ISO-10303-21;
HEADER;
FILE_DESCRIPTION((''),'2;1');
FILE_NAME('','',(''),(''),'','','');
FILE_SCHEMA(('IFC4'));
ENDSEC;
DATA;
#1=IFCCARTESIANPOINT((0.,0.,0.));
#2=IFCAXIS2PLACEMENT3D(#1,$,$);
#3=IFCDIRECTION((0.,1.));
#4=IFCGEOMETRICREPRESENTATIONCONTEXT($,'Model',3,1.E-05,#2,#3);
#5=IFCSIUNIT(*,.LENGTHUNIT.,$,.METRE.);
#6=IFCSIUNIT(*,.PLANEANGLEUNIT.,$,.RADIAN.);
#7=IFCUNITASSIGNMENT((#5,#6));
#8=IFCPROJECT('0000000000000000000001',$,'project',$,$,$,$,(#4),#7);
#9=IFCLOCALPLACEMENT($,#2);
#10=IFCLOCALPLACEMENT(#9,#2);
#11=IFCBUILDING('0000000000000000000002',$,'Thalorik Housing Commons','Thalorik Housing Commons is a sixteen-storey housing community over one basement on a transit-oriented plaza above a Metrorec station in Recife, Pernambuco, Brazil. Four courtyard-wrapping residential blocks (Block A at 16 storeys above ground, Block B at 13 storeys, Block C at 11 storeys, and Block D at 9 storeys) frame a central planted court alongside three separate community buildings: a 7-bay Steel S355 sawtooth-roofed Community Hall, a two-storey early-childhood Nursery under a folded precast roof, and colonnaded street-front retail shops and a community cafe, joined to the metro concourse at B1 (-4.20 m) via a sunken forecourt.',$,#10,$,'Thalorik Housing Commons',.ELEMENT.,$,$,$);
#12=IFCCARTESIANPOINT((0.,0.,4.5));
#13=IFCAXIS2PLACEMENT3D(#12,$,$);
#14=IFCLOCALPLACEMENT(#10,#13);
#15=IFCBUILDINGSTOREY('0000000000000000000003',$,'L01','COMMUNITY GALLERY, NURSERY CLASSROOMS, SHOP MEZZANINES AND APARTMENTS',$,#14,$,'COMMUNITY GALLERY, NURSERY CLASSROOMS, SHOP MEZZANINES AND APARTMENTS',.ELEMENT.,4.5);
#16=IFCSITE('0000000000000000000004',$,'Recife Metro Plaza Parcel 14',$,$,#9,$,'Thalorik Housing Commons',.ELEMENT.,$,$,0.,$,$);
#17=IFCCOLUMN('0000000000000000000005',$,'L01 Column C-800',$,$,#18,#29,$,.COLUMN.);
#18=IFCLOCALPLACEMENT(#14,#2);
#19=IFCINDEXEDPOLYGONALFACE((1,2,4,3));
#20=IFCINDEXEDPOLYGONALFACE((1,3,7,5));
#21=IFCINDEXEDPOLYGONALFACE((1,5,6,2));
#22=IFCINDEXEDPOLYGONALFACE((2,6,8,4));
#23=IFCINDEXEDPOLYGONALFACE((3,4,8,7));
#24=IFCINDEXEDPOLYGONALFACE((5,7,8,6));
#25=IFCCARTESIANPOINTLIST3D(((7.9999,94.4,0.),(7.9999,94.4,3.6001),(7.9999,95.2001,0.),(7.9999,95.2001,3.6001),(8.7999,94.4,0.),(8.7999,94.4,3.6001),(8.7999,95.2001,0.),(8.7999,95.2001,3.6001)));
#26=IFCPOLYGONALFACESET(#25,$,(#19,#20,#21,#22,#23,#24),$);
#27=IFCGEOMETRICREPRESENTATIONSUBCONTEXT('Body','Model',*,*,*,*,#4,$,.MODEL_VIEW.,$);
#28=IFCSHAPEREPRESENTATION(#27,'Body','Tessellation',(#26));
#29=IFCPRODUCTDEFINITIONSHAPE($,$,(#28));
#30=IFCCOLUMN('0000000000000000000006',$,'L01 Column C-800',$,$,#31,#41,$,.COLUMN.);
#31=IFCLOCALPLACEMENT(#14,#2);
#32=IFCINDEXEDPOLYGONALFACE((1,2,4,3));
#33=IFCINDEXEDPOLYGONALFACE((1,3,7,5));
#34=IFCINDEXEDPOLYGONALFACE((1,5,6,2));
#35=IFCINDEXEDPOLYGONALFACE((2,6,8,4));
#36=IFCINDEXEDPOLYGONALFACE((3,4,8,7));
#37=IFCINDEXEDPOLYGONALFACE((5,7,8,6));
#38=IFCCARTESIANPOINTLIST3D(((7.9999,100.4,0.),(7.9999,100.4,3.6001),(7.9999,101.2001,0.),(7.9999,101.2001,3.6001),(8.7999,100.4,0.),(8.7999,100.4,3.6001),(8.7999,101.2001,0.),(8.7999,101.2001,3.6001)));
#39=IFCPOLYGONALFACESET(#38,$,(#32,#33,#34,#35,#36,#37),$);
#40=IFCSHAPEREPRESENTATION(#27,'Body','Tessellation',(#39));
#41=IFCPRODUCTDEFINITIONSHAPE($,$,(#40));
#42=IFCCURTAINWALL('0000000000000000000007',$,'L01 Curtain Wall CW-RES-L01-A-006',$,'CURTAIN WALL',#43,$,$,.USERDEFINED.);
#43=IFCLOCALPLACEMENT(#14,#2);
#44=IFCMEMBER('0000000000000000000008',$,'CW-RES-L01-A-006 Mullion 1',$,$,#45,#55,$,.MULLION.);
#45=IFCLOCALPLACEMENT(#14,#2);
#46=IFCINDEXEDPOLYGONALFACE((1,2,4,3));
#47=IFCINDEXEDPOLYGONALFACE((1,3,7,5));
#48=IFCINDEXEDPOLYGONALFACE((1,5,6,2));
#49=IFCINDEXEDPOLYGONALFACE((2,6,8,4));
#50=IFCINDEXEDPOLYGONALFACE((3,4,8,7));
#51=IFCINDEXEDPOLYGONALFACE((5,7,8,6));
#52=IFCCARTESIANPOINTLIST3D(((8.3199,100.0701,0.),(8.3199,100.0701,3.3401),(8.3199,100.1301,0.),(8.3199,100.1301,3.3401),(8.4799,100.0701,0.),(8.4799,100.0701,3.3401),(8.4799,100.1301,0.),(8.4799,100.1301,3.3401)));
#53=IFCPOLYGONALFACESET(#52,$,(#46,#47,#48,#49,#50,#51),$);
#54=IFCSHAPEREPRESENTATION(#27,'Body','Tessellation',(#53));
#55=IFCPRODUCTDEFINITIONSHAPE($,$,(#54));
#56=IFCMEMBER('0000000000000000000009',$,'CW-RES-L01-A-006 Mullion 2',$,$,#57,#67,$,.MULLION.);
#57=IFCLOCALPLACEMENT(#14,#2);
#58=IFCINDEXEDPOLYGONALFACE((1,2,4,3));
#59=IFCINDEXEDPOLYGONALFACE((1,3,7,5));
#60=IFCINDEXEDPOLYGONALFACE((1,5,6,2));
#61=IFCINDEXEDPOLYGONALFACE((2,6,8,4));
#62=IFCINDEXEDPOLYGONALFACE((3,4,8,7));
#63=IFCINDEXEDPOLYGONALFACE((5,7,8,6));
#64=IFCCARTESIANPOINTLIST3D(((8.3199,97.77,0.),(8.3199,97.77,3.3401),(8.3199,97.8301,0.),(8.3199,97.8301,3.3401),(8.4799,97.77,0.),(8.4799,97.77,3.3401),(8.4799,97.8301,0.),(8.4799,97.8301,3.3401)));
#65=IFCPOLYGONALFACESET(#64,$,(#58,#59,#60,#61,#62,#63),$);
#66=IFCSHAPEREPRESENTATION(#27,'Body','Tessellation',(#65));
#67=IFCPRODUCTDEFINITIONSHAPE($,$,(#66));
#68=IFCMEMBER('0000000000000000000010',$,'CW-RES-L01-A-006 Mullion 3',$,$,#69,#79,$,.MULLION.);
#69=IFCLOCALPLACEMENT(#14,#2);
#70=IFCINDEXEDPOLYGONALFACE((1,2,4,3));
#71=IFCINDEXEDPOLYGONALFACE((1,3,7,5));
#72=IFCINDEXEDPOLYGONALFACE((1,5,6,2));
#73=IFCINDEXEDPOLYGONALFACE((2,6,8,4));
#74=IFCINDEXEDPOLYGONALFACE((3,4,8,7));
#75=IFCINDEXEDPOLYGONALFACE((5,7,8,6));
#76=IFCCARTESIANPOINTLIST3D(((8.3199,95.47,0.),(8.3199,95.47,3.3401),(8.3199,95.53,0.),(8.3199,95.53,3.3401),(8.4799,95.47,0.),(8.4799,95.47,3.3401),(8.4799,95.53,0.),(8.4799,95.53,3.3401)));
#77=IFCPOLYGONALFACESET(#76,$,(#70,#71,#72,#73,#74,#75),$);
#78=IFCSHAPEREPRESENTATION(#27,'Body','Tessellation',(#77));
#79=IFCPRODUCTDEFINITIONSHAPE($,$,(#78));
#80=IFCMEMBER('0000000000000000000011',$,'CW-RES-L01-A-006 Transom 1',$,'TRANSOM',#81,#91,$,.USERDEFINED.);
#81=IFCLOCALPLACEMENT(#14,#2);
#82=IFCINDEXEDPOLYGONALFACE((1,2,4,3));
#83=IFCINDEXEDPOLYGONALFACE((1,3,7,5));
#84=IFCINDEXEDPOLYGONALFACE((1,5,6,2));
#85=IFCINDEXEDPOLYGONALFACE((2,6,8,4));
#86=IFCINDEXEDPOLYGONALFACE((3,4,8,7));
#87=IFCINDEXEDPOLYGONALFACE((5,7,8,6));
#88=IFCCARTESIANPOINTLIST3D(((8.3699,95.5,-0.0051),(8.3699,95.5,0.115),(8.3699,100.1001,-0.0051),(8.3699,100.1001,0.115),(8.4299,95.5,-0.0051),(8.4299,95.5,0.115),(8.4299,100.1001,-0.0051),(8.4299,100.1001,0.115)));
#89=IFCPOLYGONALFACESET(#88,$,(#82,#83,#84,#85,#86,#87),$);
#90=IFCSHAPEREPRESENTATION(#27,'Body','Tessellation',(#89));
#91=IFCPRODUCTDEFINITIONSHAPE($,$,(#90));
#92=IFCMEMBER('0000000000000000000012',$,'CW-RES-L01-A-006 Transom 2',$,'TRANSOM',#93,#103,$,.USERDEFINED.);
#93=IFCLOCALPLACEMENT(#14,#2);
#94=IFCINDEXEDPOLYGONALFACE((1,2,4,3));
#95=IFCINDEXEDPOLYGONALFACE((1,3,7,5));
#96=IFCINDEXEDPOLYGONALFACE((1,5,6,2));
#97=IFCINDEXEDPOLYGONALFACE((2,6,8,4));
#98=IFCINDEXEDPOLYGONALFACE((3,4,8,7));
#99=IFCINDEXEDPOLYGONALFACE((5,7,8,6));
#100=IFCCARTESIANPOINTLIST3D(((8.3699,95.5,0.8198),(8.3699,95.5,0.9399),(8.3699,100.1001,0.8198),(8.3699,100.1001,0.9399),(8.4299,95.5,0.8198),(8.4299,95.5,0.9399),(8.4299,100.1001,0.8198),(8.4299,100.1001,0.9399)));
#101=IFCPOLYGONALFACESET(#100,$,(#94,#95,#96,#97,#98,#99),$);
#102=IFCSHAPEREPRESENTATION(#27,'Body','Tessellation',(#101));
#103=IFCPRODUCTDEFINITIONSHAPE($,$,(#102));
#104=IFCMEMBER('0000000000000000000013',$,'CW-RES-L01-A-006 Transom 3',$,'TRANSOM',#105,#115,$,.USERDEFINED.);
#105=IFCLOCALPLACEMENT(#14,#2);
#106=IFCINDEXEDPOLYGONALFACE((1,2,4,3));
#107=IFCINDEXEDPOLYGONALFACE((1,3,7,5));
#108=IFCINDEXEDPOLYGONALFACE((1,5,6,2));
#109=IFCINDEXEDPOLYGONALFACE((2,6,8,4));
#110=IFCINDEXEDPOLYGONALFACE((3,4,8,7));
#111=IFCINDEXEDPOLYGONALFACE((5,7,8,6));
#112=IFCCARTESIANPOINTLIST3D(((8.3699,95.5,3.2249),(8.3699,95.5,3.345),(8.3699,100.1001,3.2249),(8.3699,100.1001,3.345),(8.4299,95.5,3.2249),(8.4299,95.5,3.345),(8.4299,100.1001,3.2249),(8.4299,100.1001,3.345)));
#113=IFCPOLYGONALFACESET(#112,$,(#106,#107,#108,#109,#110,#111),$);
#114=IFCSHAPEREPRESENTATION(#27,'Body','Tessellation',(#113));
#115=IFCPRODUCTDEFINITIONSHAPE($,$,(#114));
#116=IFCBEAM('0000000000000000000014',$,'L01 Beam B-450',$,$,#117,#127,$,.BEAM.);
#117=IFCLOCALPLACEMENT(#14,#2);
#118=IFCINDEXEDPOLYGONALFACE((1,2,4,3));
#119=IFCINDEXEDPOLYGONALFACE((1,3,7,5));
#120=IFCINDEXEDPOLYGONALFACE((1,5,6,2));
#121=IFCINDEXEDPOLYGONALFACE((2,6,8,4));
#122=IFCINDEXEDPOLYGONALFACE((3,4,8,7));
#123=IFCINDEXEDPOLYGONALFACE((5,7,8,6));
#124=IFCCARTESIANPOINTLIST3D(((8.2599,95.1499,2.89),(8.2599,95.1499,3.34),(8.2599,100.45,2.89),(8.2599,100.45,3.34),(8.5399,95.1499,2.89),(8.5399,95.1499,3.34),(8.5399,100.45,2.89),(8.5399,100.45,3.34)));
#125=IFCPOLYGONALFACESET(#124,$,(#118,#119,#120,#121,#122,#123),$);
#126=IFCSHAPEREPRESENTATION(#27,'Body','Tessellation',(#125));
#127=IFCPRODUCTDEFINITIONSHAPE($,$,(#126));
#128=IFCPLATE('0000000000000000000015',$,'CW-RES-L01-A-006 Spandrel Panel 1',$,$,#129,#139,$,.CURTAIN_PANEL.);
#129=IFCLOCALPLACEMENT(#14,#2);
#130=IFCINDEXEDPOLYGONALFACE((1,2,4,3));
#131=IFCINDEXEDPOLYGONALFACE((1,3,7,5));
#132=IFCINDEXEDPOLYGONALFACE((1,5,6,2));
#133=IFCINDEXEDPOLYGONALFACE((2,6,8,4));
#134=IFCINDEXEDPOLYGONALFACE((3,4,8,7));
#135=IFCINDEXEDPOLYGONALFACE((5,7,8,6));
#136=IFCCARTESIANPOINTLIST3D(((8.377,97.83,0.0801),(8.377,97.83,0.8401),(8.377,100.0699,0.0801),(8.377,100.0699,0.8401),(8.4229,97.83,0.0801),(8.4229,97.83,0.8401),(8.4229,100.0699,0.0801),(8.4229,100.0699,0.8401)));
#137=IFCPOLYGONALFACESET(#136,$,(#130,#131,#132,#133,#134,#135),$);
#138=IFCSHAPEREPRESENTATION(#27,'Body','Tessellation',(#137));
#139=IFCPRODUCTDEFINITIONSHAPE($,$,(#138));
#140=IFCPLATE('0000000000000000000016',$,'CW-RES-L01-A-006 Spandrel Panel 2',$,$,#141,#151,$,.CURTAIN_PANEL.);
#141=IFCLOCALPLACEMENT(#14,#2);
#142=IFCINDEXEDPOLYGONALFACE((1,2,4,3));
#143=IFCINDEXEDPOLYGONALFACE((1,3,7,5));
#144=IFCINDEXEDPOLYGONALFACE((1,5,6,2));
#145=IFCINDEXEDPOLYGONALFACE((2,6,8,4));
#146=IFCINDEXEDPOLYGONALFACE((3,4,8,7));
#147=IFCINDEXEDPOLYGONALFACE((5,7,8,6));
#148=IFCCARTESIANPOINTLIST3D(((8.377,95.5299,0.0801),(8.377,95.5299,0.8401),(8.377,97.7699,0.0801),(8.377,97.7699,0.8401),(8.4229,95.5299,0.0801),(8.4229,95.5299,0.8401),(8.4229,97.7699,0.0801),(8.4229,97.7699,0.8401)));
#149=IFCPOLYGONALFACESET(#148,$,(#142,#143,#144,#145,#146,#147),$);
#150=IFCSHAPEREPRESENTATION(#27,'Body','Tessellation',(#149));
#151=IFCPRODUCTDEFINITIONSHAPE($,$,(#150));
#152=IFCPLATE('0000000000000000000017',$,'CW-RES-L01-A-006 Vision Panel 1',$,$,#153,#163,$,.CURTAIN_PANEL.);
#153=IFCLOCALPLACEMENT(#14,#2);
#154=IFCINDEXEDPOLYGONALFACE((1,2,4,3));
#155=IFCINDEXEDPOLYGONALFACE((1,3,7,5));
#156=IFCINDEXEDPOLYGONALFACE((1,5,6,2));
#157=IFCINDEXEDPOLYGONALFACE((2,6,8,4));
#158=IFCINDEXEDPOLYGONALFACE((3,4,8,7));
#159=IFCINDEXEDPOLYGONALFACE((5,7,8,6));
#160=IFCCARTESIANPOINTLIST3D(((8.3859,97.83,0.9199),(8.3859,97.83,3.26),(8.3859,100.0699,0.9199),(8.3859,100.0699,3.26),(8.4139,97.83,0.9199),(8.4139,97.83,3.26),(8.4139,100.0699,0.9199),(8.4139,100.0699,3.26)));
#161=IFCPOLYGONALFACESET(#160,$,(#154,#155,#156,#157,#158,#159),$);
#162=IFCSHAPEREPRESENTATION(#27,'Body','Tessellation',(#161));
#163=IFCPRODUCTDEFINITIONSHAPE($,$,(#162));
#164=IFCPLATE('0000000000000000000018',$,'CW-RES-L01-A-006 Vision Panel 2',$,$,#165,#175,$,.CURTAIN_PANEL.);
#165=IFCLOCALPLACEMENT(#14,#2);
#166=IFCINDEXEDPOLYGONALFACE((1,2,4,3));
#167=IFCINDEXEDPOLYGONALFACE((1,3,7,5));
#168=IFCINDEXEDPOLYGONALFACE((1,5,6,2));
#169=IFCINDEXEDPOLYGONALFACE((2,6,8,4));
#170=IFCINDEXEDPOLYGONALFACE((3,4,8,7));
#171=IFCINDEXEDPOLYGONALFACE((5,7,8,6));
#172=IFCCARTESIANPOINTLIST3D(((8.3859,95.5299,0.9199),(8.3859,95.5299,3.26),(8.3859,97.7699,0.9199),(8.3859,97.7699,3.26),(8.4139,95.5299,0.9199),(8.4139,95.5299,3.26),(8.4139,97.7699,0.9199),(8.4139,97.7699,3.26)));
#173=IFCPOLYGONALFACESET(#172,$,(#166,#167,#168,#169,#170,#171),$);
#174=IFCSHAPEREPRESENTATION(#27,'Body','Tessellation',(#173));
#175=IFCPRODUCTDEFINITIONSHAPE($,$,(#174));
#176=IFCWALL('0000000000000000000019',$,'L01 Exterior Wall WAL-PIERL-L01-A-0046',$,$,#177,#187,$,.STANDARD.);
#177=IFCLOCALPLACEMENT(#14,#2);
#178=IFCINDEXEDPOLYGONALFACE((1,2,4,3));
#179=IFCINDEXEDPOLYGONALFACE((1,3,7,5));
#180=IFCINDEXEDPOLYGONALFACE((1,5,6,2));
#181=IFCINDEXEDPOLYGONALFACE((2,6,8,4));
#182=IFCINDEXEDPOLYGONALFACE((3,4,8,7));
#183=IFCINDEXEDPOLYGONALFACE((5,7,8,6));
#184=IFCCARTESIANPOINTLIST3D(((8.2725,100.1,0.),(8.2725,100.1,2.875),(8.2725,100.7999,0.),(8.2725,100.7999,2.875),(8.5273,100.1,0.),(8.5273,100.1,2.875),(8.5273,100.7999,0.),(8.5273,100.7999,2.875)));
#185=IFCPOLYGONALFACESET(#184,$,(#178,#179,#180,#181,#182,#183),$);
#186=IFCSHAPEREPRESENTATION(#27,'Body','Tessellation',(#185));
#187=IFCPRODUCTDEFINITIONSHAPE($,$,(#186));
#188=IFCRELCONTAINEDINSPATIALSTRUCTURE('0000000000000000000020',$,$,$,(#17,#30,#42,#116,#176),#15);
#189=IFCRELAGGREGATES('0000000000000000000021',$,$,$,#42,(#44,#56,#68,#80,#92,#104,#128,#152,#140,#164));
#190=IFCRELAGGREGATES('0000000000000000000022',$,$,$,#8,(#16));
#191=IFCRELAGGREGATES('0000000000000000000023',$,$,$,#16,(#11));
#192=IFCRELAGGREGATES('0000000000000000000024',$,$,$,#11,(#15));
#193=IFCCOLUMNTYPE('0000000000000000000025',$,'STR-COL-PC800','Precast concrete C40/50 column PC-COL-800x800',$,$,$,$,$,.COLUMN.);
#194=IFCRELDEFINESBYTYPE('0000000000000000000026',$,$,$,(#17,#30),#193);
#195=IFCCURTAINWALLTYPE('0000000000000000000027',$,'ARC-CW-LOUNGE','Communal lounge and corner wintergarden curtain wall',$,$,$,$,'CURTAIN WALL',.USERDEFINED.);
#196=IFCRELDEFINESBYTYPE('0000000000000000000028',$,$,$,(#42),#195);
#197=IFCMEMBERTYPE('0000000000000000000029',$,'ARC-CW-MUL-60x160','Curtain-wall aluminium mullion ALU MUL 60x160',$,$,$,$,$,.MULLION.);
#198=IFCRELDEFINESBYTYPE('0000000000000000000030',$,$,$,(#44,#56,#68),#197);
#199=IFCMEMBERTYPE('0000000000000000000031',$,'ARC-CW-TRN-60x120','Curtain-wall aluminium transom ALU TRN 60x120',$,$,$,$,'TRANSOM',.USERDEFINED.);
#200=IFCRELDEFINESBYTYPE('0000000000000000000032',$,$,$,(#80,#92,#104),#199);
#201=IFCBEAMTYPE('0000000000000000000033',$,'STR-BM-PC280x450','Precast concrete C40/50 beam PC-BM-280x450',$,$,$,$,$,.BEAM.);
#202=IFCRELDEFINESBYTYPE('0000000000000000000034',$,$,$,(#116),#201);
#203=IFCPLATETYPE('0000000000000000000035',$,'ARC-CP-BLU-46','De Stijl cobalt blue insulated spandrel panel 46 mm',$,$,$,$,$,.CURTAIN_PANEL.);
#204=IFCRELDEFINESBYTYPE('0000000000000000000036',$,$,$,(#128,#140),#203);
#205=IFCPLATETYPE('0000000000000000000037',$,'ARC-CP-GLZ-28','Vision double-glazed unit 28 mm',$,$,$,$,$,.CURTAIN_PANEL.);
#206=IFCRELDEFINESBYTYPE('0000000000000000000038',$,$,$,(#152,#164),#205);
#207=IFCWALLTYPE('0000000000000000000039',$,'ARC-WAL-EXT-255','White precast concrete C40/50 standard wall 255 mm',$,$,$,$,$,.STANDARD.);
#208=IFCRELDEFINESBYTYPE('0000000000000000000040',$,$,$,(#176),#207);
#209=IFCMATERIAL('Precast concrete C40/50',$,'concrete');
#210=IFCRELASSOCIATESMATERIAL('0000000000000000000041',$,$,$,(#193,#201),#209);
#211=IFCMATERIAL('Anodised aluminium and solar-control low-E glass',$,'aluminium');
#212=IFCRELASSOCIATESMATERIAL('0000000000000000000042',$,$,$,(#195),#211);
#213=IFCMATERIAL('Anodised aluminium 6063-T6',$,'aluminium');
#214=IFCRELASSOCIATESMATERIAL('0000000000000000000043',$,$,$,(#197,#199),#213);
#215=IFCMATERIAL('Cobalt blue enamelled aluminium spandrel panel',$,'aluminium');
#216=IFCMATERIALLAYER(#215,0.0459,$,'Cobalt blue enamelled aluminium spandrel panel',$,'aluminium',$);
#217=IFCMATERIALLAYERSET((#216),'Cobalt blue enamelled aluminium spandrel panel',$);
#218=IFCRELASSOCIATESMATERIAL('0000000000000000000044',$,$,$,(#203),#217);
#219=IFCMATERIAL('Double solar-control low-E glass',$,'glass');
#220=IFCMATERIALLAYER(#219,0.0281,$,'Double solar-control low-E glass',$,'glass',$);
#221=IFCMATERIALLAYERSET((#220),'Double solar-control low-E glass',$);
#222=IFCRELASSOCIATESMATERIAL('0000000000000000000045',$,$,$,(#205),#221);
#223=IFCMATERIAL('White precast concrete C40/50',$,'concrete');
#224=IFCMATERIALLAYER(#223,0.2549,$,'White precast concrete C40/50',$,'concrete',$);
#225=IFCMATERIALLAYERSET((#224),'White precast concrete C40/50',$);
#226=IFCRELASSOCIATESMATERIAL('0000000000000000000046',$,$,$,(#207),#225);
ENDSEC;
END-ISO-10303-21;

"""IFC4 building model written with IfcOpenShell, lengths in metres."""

from ifc_helpers import new_model, si_unit, direction, frame, frame_2d, origin, origin_2d, place, context, subcontext, project, spatial, rectangle, extrude, material, layer, layer_set, material_profile, profile_set, type_object, element, aggregate, save


model = new_model("IFC4")

# Units and contexts
model_context = context("Model", 3, precision=1e-05, world=origin(), true_north=direction((0.0, 1.0)))
body_context = subcontext(model_context, "Body", "Model", "MODEL_VIEW")
ifc_project = project(units=[si_unit("LENGTHUNIT", "METRE"), si_unit("PLANEANGLEUNIT", "RADIAN")], contexts=[model_context])

# Site, building, storey
site_placement = place(None, origin())
site = spatial("IfcSite", under=ifc_project, at=site_placement, Name="Recife Metro Plaza Parcel 14", LongName="Thalorik Housing Commons", CompositionType="ELEMENT", RefElevation=0.0)
building_placement = place(site_placement, origin())
building = spatial("IfcBuilding", under=site, at=building_placement, Name="Thalorik Housing Commons", Description="Thalorik Housing Commons is a sixteen-storey housing community over one basement on a transit-oriented plaza above a Metrorec station in Recife, Pernambuco, Brazil. Four courtyard-wrapping residential blocks (Block A at 16 storeys above ground, Block B at 13 storeys, Block C at 11 storeys, and Block D at 9 storeys) frame a central planted court alongside three separate community buildings: a 7-bay Steel S355 sawtooth-roofed Community Hall, a two-storey early-childhood Nursery under a folded precast roof, and colonnaded street-front retail shops and a community cafe, joined to the metro concourse at B1 (-4.20 m) via a sunken forecourt.", LongName="Thalorik Housing Commons", CompositionType="ELEMENT")
storey_placement = place(building_placement, frame((0.0, 0.0, 4.5)))
storey = spatial("IfcBuildingStorey", under=building, at=storey_placement, Name="L01", Description="COMMUNITY GALLERY, NURSERY CLASSROOMS, SHOP MEZZANINES AND APARTMENTS", LongName="COMMUNITY GALLERY, NURSERY CLASSROOMS, SHOP MEZZANINES AND APARTMENTS", CompositionType="ELEMENT", Elevation=4.5)

# Columns
ifc_material_1 = material(Name="Precast concrete C40/50", Category="concrete")
ifc_material_profile_1 = material_profile(ifc_material_1, rectangle(XDim=0.8, YDim=0.8, at=origin_2d()), Name="PC 800x800", Category="concrete")
ifc_profile_set_1 = profile_set([ifc_material_profile_1], Name="Precast concrete C40/50")
column_type = type_object("IfcColumnType", Name="STR-COL-PC800", Description="Precast concrete C40/50 column PC-COL-800x800", PredefinedType="COLUMN", material=ifc_profile_set_1)
for number, where, z_axis, x_axis, name in (
    (1, (8.3999, 94.8, 0.0), (0.0, 0.0, 1.0), (1.0, 0.0, 0.0), "L01 Column C-800"),
    (2, (8.3999, 100.8, 0.0), (0.0, 0.0, 1.0), (1.0, 0.0, 0.0), "L01 Column C-800"),
):
    element("IfcColumn", number, at=place(storey_placement, frame(where, z_axis=z_axis, x_axis=x_axis)), inside=storey, type_object=column_type, Name=name, PredefinedType="COLUMN", context=body_context, shape_type="SweptSolid", body=[
        extrude(rectangle(XDim=0.8, YDim=0.8, at=origin_2d()), origin(), (0.0, 0.0, 1.0), 3.6001),
    ])

# Curtain wall, members
ifc_material_2 = material(Name="Anodised aluminium and solar-control low-E glass", Category="aluminium")
curtain_wall_type = type_object("IfcCurtainWallType", Name="ARC-CW-LOUNGE", Description="Communal lounge and corner wintergarden curtain wall", ElementType="CURTAIN WALL", PredefinedType="USERDEFINED", material=ifc_material_2)
curtain_wall_placement = place(storey_placement, origin())
curtain_wall = element("IfcCurtainWall", 3, at=curtain_wall_placement, inside=storey, type_object=curtain_wall_type, Name="L01 Curtain Wall CW-RES-L01-A-006", ObjectType="CURTAIN WALL", PredefinedType="USERDEFINED")
ifc_material_3 = material(Name="Anodised aluminium 6063-T6", Category="aluminium")
ifc_material_profile_2 = material_profile(ifc_material_3, rectangle(XDim=0.0601, YDim=0.1599, at=origin_2d()), Name="ALU MUL 60x160", Category="aluminium")
ifc_profile_set_2 = profile_set([ifc_material_profile_2], Name="Anodised aluminium 6063-T6")
member_type_1 = type_object("IfcMemberType", Name="ARC-CW-MUL-60x160", Description="Curtain-wall aluminium mullion ALU MUL 60x160", PredefinedType="MULLION", material=ifc_profile_set_2)
member_1_placement = place(storey_placement, frame((8.3999, 100.1001, 0.0), z_axis=(0.0, 0.0, 1.0), x_axis=(0.0, -1.0, 0.0)))
member_1 = element("IfcMember", 4, at=member_1_placement, type_object=member_type_1, Name="CW-RES-L01-A-006 Mullion 1", PredefinedType="MULLION", context=body_context, shape_type="SweptSolid", body=[
    extrude(rectangle(XDim=0.0601, YDim=0.1599, at=origin_2d()), origin(), (0.0, 0.0, 1.0), 3.3401),
])
member_2_placement = place(storey_placement, frame((8.3999, 97.8, 0.0), z_axis=(0.0, 0.0, 1.0), x_axis=(0.0, -1.0, 0.0)))
member_2 = element("IfcMember", 5, at=member_2_placement, type_object=member_type_1, Name="CW-RES-L01-A-006 Mullion 2", PredefinedType="MULLION", context=body_context, shape_type="SweptSolid", body=[
    extrude(rectangle(XDim=0.0601, YDim=0.1599, at=origin_2d()), origin(), (0.0, 0.0, 1.0), 3.3401),
])
member_3_placement = place(storey_placement, frame((8.3999, 95.5, 0.0), z_axis=(0.0, 0.0, 1.0), x_axis=(0.0, -1.0, 0.0)))
member_3 = element("IfcMember", 6, at=member_3_placement, type_object=member_type_1, Name="CW-RES-L01-A-006 Mullion 3", PredefinedType="MULLION", context=body_context, shape_type="SweptSolid", body=[
    extrude(rectangle(XDim=0.0601, YDim=0.1599, at=origin_2d()), origin(), (0.0, 0.0, 1.0), 3.3401),
])
ifc_material_profile_3 = material_profile(ifc_material_3, rectangle(XDim=0.0601, YDim=0.1201, at=origin_2d()), Name="ALU TRN 60x120", Category="aluminium")
ifc_profile_set_3 = profile_set([ifc_material_profile_3], Name="Anodised aluminium 6063-T6")
member_type_2 = type_object("IfcMemberType", Name="ARC-CW-TRN-60x120", Description="Curtain-wall aluminium transom ALU TRN 60x120", ElementType="TRANSOM", PredefinedType="USERDEFINED", material=ifc_profile_set_3)
member_4_placement = place(storey_placement, frame((8.3999, 100.1001, 0.0549), z_axis=(0.0, -1.0, 0.0), x_axis=(1.0, 0.0, 0.0)))
member_4 = element("IfcMember", 7, at=member_4_placement, type_object=member_type_2, Name="CW-RES-L01-A-006 Transom 1", ObjectType="TRANSOM", PredefinedType="USERDEFINED", context=body_context, shape_type="SweptSolid", body=[
    extrude(rectangle(XDim=0.0601, YDim=0.1201, at=origin_2d()), origin(), (0.0, 0.0, 1.0), 4.6001),
])
member_5_placement = place(storey_placement, frame((8.3999, 100.1001, 0.8799), z_axis=(0.0, -1.0, 0.0), x_axis=(1.0, 0.0, 0.0)))
member_5 = element("IfcMember", 8, at=member_5_placement, type_object=member_type_2, Name="CW-RES-L01-A-006 Transom 2", ObjectType="TRANSOM", PredefinedType="USERDEFINED", context=body_context, shape_type="SweptSolid", body=[
    extrude(rectangle(XDim=0.0601, YDim=0.1201, at=origin_2d()), origin(), (0.0, 0.0, 1.0), 4.6001),
])
member_6_placement = place(storey_placement, frame((8.3999, 100.1001, 3.2849), z_axis=(0.0, -1.0, 0.0), x_axis=(1.0, 0.0, 0.0)))
member_6 = element("IfcMember", 9, at=member_6_placement, type_object=member_type_2, Name="CW-RES-L01-A-006 Transom 3", ObjectType="TRANSOM", PredefinedType="USERDEFINED", context=body_context, shape_type="SweptSolid", body=[
    extrude(rectangle(XDim=0.0601, YDim=0.1201, at=origin_2d()), origin(), (0.0, 0.0, 1.0), 4.6001),
])

# Beam
ifc_material_profile_4 = material_profile(ifc_material_1, rectangle(XDim=0.28, YDim=0.45, at=origin_2d()), Name="PC 280x450", Category="concrete")
ifc_profile_set_4 = profile_set([ifc_material_profile_4], Name="Precast concrete C40/50")
beam_type = type_object("IfcBeamType", Name="STR-BM-PC280x450", Description="Precast concrete C40/50 beam PC-BM-280x450", PredefinedType="BEAM", material=ifc_profile_set_4)
beam_placement = place(storey_placement, frame((8.3999, 95.1499, 3.115), z_axis=(0.0, 1.0, 0.0), x_axis=(-1.0, 0.0, 0.0)))
element("IfcBeam", 10, at=beam_placement, inside=storey, type_object=beam_type, Name="L01 Beam B-450", PredefinedType="BEAM", context=body_context, shape_type="SweptSolid", body=[
    extrude(rectangle(XDim=0.28, YDim=0.45, at=origin_2d()), origin(), (0.0, 0.0, 1.0), 5.3),
])

# Plates
ifc_material_4 = material(Name="Cobalt blue enamelled aluminium spandrel panel", Category="aluminium")
ifc_layer_1 = layer(ifc_material_4, 0.0459, Name="Cobalt blue enamelled aluminium spandrel panel", Category="aluminium")
ifc_layer_set_1 = layer_set([ifc_layer_1], Name="Cobalt blue enamelled aluminium spandrel panel")
plate_type_1 = type_object("IfcPlateType", Name="ARC-CP-BLU-46", Description="De Stijl cobalt blue insulated spandrel panel 46 mm", PredefinedType="CURTAIN_PANEL", material=ifc_layer_set_1)
plate_1_placement = place(storey_placement, frame((8.3999, 98.95, 0.0801), z_axis=(0.0, 0.0, 1.0), x_axis=(0.0, -1.0, 0.0)))
plate_1 = element("IfcPlate", 11, at=plate_1_placement, type_object=plate_type_1, Name="CW-RES-L01-A-006 Spandrel Panel 1", PredefinedType="CURTAIN_PANEL", context=body_context, shape_type="SweptSolid", body=[
    extrude(rectangle(XDim=2.24, YDim=0.0459, at=origin_2d()), origin(), (0.0, 0.0, 1.0), 0.76),
])
plate_2_placement = place(storey_placement, frame((8.3999, 96.6499, 0.0801), z_axis=(0.0, 0.0, 1.0), x_axis=(0.0, -1.0, 0.0)))
plate_2 = element("IfcPlate", 12, at=plate_2_placement, type_object=plate_type_1, Name="CW-RES-L01-A-006 Spandrel Panel 2", PredefinedType="CURTAIN_PANEL", context=body_context, shape_type="SweptSolid", body=[
    extrude(rectangle(XDim=2.24, YDim=0.0459, at=origin_2d()), origin(), (0.0, 0.0, 1.0), 0.76),
])
ifc_material_5 = material(Name="Double solar-control low-E glass", Category="glass")
ifc_layer_2 = layer(ifc_material_5, 0.0281, Name="Double solar-control low-E glass", Category="glass")
ifc_layer_set_2 = layer_set([ifc_layer_2], Name="Double solar-control low-E glass")
plate_type_2 = type_object("IfcPlateType", Name="ARC-CP-GLZ-28", Description="Vision double-glazed unit 28 mm", PredefinedType="CURTAIN_PANEL", material=ifc_layer_set_2)
plate_3_placement = place(storey_placement, frame((8.3999, 98.95, 0.9199), z_axis=(0.0, 0.0, 1.0), x_axis=(0.0, -1.0, 0.0)))
plate_3 = element("IfcPlate", 13, at=plate_3_placement, type_object=plate_type_2, Name="CW-RES-L01-A-006 Vision Panel 1", PredefinedType="CURTAIN_PANEL", context=body_context, shape_type="SweptSolid", body=[
    extrude(rectangle(XDim=2.24, YDim=0.0281, at=origin_2d()), origin(), (0.0, 0.0, 1.0), 2.3401),
])
plate_4_placement = place(storey_placement, frame((8.3999, 96.6499, 0.9199), z_axis=(0.0, 0.0, 1.0), x_axis=(0.0, -1.0, 0.0)))
plate_4 = element("IfcPlate", 14, at=plate_4_placement, type_object=plate_type_2, Name="CW-RES-L01-A-006 Vision Panel 2", PredefinedType="CURTAIN_PANEL", context=body_context, shape_type="SweptSolid", body=[
    extrude(rectangle(XDim=2.24, YDim=0.0281, at=origin_2d()), origin(), (0.0, 0.0, 1.0), 2.3401),
])
aggregate(curtain_wall, [member_1, member_2, member_3, member_4, member_5, member_6, plate_1, plate_3, plate_2, plate_4])

# Wall
ifc_material_6 = material(Name="White precast concrete C40/50", Category="concrete")
ifc_layer_3 = layer(ifc_material_6, 0.2549, Name="White precast concrete C40/50", Category="concrete")
ifc_layer_set_3 = layer_set([ifc_layer_3], Name="White precast concrete C40/50")
wall_type = type_object("IfcWallType", Name="ARC-WAL-EXT-255", Description="White precast concrete C40/50 standard wall 255 mm", PredefinedType="STANDARD", material=ifc_layer_set_3)
wall_1_placement = place(storey_placement, frame((8.3999, 100.8, 0.0), z_axis=(0.0, 0.0, 1.0), x_axis=(0.0, -1.0, 0.0)))
element("IfcWall", 15, at=wall_1_placement, inside=storey, type_object=wall_type, Name="L01 Exterior Wall WAL-PIERL-L01-A-0046", PredefinedType="STANDARD", context=body_context, shape_type="SweptSolid", body=[
    extrude(rectangle(XDim=0.7, YDim=0.2549, at=frame_2d((0.3501, 0.0))), origin(), (0.0, 0.0, 1.0), 2.875),
])

save(model, "model.ifc")
